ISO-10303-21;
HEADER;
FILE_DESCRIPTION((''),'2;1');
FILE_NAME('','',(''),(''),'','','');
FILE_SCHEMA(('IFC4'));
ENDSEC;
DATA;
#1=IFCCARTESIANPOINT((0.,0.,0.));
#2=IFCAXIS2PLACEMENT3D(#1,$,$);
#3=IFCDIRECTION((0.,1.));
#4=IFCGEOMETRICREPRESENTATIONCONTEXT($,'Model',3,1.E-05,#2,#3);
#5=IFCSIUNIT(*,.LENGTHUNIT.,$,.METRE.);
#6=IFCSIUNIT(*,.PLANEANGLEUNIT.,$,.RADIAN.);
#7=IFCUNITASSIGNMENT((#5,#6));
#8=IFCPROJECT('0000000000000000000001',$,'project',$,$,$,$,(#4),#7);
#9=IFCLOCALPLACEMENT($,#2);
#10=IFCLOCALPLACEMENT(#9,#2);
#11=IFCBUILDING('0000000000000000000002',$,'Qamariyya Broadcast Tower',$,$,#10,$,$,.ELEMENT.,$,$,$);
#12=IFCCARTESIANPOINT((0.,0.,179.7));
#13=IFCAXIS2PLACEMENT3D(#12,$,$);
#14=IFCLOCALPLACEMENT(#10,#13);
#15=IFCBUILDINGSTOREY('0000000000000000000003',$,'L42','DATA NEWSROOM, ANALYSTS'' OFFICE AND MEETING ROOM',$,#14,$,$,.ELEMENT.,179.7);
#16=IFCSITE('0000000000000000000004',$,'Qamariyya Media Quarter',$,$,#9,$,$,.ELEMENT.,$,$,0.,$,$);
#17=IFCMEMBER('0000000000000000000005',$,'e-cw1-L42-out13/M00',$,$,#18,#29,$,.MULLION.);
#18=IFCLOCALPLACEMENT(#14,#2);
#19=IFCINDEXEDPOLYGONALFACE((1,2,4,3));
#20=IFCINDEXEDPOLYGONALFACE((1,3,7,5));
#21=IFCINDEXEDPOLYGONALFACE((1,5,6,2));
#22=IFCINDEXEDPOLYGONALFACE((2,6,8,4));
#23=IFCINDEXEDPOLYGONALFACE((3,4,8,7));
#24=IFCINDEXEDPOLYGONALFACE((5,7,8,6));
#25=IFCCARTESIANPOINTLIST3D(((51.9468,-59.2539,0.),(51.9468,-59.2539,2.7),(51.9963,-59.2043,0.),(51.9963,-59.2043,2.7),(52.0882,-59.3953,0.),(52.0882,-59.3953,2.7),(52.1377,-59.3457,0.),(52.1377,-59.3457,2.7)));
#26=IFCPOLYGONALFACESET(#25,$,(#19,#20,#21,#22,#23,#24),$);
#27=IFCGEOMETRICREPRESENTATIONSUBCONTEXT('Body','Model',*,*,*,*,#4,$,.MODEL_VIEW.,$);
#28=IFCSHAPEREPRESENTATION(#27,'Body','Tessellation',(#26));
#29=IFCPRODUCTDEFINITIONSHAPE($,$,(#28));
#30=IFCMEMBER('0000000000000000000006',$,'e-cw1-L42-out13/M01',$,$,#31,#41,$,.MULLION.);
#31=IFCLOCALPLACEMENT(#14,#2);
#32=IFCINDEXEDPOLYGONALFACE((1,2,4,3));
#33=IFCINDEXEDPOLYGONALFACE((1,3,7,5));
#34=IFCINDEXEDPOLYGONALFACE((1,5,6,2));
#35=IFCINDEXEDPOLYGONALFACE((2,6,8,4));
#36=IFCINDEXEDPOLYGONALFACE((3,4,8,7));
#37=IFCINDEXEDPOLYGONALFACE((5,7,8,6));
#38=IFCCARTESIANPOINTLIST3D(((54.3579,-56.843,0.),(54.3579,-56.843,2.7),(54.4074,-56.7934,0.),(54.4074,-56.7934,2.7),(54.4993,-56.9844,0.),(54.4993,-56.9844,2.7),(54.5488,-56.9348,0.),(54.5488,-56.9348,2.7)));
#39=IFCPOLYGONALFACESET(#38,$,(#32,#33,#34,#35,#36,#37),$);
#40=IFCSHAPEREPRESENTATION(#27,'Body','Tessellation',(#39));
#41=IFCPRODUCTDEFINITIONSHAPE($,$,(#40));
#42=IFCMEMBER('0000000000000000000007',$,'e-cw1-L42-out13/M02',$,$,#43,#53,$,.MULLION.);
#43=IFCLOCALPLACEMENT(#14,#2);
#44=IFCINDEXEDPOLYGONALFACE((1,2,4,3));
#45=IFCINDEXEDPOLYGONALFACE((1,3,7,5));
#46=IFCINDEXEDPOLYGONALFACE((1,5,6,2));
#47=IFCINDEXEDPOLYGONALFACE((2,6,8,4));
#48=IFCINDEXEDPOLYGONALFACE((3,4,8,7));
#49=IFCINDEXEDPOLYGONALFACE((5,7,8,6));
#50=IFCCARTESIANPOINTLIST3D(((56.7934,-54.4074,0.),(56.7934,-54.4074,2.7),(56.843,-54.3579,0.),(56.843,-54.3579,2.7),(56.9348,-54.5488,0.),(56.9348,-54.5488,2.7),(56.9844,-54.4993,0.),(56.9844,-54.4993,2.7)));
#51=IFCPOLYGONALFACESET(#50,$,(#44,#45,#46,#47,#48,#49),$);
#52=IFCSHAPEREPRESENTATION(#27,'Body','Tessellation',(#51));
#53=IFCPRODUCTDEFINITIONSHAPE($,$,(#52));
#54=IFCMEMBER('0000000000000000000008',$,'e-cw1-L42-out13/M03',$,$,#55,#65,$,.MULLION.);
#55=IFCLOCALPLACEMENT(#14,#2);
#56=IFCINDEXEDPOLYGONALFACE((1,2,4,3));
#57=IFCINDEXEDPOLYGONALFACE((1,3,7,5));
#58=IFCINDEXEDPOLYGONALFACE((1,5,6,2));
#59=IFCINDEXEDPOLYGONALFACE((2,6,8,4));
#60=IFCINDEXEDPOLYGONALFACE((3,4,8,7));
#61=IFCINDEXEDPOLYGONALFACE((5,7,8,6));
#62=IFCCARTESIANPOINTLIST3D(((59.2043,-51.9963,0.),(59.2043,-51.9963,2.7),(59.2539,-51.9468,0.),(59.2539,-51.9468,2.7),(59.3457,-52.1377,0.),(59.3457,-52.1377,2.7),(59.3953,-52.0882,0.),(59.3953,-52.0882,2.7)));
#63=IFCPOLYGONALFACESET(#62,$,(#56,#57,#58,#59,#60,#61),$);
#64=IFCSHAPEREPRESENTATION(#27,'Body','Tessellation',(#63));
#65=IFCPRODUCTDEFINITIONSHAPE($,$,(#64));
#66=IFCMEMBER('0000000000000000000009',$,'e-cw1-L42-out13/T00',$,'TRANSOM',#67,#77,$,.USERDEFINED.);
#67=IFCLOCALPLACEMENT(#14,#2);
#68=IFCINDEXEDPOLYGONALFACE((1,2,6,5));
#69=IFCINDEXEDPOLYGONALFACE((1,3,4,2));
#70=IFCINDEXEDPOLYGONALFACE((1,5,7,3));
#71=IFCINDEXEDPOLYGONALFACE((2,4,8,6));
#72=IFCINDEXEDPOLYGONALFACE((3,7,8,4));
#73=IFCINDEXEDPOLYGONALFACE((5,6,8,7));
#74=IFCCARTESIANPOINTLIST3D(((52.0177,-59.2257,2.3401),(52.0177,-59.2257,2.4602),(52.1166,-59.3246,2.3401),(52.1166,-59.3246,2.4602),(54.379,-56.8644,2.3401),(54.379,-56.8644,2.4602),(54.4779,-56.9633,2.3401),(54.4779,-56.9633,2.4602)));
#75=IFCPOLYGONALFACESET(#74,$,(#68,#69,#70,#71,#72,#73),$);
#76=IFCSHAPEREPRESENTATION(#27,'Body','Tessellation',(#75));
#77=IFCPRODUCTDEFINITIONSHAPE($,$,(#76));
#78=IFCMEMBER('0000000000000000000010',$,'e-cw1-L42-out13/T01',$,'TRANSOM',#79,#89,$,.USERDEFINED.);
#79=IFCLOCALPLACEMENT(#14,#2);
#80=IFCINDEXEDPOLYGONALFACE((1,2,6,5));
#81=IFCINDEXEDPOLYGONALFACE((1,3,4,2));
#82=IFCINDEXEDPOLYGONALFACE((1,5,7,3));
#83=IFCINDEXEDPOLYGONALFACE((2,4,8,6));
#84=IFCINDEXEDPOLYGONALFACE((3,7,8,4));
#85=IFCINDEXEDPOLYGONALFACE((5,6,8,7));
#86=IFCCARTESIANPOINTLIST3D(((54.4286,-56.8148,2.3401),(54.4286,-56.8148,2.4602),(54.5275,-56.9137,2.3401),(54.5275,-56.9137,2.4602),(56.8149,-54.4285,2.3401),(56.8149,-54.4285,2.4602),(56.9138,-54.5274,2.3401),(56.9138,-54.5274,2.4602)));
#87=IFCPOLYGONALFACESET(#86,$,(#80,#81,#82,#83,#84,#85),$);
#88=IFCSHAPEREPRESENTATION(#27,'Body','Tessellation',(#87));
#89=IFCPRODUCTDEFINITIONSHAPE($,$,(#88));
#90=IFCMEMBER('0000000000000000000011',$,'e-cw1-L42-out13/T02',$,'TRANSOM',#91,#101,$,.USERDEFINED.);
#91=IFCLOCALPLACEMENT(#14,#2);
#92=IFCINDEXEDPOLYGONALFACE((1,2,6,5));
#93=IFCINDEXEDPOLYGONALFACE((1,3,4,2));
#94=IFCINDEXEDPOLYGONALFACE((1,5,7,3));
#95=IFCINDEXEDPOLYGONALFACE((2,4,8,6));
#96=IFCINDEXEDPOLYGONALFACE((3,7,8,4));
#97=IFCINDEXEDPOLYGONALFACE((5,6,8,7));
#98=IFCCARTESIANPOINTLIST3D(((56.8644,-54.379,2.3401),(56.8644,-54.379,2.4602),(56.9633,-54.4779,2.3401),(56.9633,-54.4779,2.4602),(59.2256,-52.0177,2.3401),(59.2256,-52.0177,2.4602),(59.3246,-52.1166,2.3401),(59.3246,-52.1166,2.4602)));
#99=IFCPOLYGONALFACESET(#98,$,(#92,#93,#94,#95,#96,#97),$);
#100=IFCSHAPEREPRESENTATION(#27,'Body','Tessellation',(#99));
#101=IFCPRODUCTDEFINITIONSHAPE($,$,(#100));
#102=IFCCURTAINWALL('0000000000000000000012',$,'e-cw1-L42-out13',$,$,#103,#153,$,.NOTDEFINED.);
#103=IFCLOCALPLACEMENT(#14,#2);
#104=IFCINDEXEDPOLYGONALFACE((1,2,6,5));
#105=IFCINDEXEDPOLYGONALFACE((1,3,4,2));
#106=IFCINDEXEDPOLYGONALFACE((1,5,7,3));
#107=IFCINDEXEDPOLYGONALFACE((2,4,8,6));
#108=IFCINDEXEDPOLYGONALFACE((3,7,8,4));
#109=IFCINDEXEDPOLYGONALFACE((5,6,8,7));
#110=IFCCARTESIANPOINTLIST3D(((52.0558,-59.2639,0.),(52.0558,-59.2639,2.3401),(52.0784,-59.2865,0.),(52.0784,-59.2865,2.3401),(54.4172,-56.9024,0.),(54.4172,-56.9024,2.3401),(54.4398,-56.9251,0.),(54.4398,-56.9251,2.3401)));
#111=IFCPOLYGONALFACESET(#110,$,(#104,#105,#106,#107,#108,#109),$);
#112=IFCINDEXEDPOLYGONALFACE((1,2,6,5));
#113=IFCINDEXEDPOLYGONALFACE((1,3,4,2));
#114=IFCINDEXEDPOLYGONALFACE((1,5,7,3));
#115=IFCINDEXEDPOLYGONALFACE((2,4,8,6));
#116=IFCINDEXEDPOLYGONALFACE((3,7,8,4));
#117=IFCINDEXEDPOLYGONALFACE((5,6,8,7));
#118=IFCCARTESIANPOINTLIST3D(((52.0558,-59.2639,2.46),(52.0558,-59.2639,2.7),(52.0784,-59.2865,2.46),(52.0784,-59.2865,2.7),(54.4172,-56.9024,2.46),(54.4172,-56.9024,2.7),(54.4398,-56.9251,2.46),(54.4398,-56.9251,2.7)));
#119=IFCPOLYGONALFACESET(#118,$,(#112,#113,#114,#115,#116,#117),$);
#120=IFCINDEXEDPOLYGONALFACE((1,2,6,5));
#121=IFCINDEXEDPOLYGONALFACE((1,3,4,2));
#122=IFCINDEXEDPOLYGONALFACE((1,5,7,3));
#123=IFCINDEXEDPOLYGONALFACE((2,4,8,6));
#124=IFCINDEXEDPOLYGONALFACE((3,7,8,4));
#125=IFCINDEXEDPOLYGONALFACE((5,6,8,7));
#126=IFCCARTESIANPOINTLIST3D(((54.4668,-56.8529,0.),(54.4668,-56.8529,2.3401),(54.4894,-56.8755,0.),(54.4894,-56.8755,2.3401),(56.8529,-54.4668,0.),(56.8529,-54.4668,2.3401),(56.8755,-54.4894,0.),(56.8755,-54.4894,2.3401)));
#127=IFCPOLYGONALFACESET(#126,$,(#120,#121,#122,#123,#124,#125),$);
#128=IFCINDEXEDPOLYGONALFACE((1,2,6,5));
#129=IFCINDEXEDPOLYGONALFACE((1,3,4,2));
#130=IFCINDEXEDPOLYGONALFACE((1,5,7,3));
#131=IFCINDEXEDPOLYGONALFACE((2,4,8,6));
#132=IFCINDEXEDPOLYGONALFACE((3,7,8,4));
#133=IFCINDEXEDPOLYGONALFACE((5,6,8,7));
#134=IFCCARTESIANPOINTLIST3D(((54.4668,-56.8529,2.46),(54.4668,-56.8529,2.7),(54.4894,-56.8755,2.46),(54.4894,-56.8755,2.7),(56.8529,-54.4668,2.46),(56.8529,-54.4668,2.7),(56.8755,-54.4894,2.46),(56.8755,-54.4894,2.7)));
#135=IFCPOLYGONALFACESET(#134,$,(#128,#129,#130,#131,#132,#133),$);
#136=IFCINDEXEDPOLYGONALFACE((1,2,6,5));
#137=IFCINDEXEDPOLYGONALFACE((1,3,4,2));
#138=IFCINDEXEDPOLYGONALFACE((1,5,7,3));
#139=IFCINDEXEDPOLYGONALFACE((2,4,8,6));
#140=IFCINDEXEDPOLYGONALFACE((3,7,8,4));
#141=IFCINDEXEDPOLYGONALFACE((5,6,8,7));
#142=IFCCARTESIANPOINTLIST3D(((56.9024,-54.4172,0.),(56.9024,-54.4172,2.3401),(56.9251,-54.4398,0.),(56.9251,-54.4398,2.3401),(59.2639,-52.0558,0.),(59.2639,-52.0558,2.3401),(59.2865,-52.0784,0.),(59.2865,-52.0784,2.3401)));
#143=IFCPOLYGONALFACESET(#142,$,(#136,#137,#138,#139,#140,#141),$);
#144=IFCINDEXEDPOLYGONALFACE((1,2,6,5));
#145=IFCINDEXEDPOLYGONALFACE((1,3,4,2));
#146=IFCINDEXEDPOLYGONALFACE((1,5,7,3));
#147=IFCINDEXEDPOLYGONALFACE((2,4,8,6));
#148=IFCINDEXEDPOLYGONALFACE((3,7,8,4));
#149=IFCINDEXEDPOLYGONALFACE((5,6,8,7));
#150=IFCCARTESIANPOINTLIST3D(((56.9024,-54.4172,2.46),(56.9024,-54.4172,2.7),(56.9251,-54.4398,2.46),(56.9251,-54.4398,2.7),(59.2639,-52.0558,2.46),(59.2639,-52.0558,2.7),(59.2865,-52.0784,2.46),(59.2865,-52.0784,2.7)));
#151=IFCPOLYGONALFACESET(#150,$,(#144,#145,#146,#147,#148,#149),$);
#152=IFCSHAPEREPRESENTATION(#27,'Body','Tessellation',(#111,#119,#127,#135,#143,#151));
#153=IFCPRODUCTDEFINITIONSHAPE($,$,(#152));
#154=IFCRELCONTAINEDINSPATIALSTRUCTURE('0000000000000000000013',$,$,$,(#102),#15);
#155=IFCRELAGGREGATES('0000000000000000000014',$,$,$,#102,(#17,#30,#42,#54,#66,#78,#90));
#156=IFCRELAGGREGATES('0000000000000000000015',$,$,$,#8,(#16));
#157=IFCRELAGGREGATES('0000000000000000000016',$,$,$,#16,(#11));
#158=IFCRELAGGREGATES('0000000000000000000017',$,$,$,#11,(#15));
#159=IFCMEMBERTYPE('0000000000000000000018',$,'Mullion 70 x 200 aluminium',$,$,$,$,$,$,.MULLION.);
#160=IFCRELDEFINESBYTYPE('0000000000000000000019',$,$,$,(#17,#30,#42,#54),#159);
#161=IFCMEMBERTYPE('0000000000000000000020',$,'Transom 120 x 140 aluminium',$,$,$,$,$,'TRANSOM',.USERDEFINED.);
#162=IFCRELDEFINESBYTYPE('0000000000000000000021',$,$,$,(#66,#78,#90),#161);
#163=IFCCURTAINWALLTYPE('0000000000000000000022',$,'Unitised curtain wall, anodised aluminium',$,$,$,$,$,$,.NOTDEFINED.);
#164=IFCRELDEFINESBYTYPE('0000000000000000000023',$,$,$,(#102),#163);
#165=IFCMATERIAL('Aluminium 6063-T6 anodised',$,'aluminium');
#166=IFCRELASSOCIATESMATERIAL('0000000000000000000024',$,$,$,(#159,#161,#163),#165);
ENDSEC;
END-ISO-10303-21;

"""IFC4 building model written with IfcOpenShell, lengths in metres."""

from ifc_helpers import new_model, si_unit, direction, frame, origin, origin_2d, place, context, subcontext, project, spatial, rectangle, extrude, material, material_profile, profile_set, type_object, element, aggregate, save


model = new_model("IFC4")

# Units and contexts
model_context = context("Model", 3, precision=1e-05, world=origin(), true_north=direction((0.0, 1.0)))
body_context = subcontext(model_context, "Body", "Model", "MODEL_VIEW")
ifc_project = project(units=[si_unit("LENGTHUNIT", "METRE"), si_unit("PLANEANGLEUNIT", "RADIAN")], contexts=[model_context])

# Members
ifc_material_1 = material(Name="Aluminium 6063-T6 anodised", Category="aluminium")
ifc_material_profile_1 = material_profile(ifc_material_1, rectangle(XDim=0.2, YDim=0.0701, at=origin_2d()))
ifc_profile_set_1 = profile_set([ifc_material_profile_1], Name="Aluminium 6063-T6 anodised")
member_type_1 = type_object("IfcMemberType", Name="Mullion 70 x 200 aluminium", PredefinedType="MULLION", material=ifc_profile_set_1)
site_placement = place(None, origin())
building_placement = place(site_placement, origin())
storey_placement = place(building_placement, frame((0.0, 0.0, 179.7)))
member_1_placement = place(storey_placement, frame((52.0422, -59.2998, 0.0), z_axis=(0.0, 0.0, 1.0), x_axis=(-0.707107, 0.707107, 0.0)))
member_1 = element("IfcMember", 1, at=member_1_placement, type_object=member_type_1, Name="e-cw1-L42-out13/M00", PredefinedType="MULLION", context=body_context, shape_type="SweptSolid", body=[
    extrude(rectangle(XDim=0.2, YDim=0.0701, at=origin_2d()), origin(), (0.0, 0.0, 1.0), 2.7),
])
member_2_placement = place(storey_placement, frame((54.4534, -56.8889, 0.0), z_axis=(0.0, 0.0, 1.0), x_axis=(-0.707107, 0.707107, 0.0)))
member_2 = element("IfcMember", 2, at=member_2_placement, type_object=member_type_1, Name="e-cw1-L42-out13/M01", PredefinedType="MULLION", context=body_context, shape_type="SweptSolid", body=[
    extrude(rectangle(XDim=0.2, YDim=0.0701, at=origin_2d()), origin(), (0.0, 0.0, 1.0), 2.7),
])
member_3_placement = place(storey_placement, frame((56.8889, -54.4534, 0.0), z_axis=(0.0, 0.0, 1.0), x_axis=(-0.707107, 0.707107, 0.0)))
member_3 = element("IfcMember", 3, at=member_3_placement, type_object=member_type_1, Name="e-cw1-L42-out13/M02", PredefinedType="MULLION", context=body_context, shape_type="SweptSolid", body=[
    extrude(rectangle(XDim=0.2, YDim=0.0701, at=origin_2d()), origin(), (0.0, 0.0, 1.0), 2.7),
])
member_4_placement = place(storey_placement, frame((59.2998, -52.0422, 0.0), z_axis=(0.0, 0.0, 1.0), x_axis=(-0.707107, 0.707107, 0.0)))
member_4 = element("IfcMember", 4, at=member_4_placement, type_object=member_type_1, Name="e-cw1-L42-out13/M03", PredefinedType="MULLION", context=body_context, shape_type="SweptSolid", body=[
    extrude(rectangle(XDim=0.2, YDim=0.0701, at=origin_2d()), origin(), (0.0, 0.0, 1.0), 2.7),
])
ifc_material_profile_2 = material_profile(ifc_material_1, rectangle(XDim=0.1399, YDim=0.1201, at=origin_2d()))
ifc_profile_set_2 = profile_set([ifc_material_profile_2], Name="Aluminium 6063-T6 anodised")
member_type_2 = type_object("IfcMemberType", Name="Transom 120 x 140 aluminium", ElementType="TRANSOM", PredefinedType="USERDEFINED", material=ifc_profile_set_2)
member_5_placement = place(storey_placement, frame((52.0671, -59.2751, 2.4001), z_axis=(0.707107, 0.707107, 0.0), x_axis=(-0.707107, 0.707107, 0.0)))
member_5 = element("IfcMember", 5, at=member_5_placement, type_object=member_type_2, Name="e-cw1-L42-out13/T00", ObjectType="TRANSOM", PredefinedType="USERDEFINED", context=body_context, shape_type="SweptSolid", body=[
    extrude(rectangle(XDim=0.1399, YDim=0.1201, at=origin_2d()), origin(), (0.0, 0.0, 1.0), 3.3394),
])
member_6_placement = place(storey_placement, frame((54.478, -56.8643, 2.4001), z_axis=(0.707107, 0.707107, 0.0), x_axis=(-0.707107, 0.707107, 0.0)))
member_6 = element("IfcMember", 6, at=member_6_placement, type_object=member_type_2, Name="e-cw1-L42-out13/T01", ObjectType="TRANSOM", PredefinedType="USERDEFINED", context=body_context, shape_type="SweptSolid", body=[
    extrude(rectangle(XDim=0.1399, YDim=0.1201, at=origin_2d()), origin(), (0.0, 0.0, 1.0), 3.3748),
])
member_7_placement = place(storey_placement, frame((56.9138, -54.4285, 2.4001), z_axis=(0.707107, 0.707107, 0.0), x_axis=(-0.707107, 0.707107, 0.0)))
member_7 = element("IfcMember", 7, at=member_7_placement, type_object=member_type_2, Name="e-cw1-L42-out13/T02", ObjectType="TRANSOM", PredefinedType="USERDEFINED", context=body_context, shape_type="SweptSolid", body=[
    extrude(rectangle(XDim=0.1399, YDim=0.1201, at=origin_2d()), origin(), (0.0, 0.0, 1.0), 3.3394),
])

# Site, building, storey
site = spatial("IfcSite", under=ifc_project, at=site_placement, Name="Qamariyya Media Quarter", CompositionType="ELEMENT", RefElevation=0.0)
building = spatial("IfcBuilding", under=site, at=building_placement, Name="Qamariyya Broadcast Tower", CompositionType="ELEMENT")
storey = spatial("IfcBuildingStorey", under=building, at=storey_placement, Name="L42", Description="DATA NEWSROOM, ANALYSTS' OFFICE AND MEETING ROOM", CompositionType="ELEMENT", Elevation=179.7)

# Curtain wall
curtain_wall_type = type_object("IfcCurtainWallType", Name="Unitised curtain wall, anodised aluminium", PredefinedType="NOTDEFINED", material=ifc_material_1)
curtain_wall_1_placement = place(storey_placement, origin())
curtain_wall_1 = element("IfcCurtainWall", 8, at=curtain_wall_1_placement, inside=storey, type_object=curtain_wall_type, Name="e-cw1-L42-out13", PredefinedType="NOTDEFINED", context=body_context, shape_type="SweptSolid", body=[
    extrude(rectangle(XDim=3.3396, YDim=0.032, at=origin_2d()), frame((53.2478, -58.0945, 0.0), x_axis=(0.707107, 0.707107, 0.0)), (0.0, 0.0, 1.0), 2.3401),
    extrude(rectangle(XDim=3.3396, YDim=0.032, at=origin_2d()), frame((53.2478, -58.0945, 2.46), x_axis=(0.707107, 0.707107, 0.0)), (0.0, 0.0, 1.0), 0.24),
    extrude(rectangle(XDim=3.3745, YDim=0.032, at=origin_2d()), frame((55.6711, -55.6711, 0.0), x_axis=(0.707107, 0.707107, 0.0)), (0.0, 0.0, 1.0), 2.3401),
    extrude(rectangle(XDim=3.3745, YDim=0.032, at=origin_2d()), frame((55.6711, -55.6711, 2.46), x_axis=(0.707107, 0.707107, 0.0)), (0.0, 0.0, 1.0), 0.24),
    extrude(rectangle(XDim=3.3396, YDim=0.032, at=origin_2d()), frame((58.0945, -53.2478, 0.0), x_axis=(0.707107, 0.707107, 0.0)), (0.0, 0.0, 1.0), 2.3401),
    extrude(rectangle(XDim=3.3396, YDim=0.032, at=origin_2d()), frame((58.0945, -53.2478, 2.46), x_axis=(0.707107, 0.707107, 0.0)), (0.0, 0.0, 1.0), 0.24),
])
aggregate(curtain_wall_1, [member_1, member_2, member_3, member_4, member_5, member_6, member_7])

save(model, "model.ifc")
